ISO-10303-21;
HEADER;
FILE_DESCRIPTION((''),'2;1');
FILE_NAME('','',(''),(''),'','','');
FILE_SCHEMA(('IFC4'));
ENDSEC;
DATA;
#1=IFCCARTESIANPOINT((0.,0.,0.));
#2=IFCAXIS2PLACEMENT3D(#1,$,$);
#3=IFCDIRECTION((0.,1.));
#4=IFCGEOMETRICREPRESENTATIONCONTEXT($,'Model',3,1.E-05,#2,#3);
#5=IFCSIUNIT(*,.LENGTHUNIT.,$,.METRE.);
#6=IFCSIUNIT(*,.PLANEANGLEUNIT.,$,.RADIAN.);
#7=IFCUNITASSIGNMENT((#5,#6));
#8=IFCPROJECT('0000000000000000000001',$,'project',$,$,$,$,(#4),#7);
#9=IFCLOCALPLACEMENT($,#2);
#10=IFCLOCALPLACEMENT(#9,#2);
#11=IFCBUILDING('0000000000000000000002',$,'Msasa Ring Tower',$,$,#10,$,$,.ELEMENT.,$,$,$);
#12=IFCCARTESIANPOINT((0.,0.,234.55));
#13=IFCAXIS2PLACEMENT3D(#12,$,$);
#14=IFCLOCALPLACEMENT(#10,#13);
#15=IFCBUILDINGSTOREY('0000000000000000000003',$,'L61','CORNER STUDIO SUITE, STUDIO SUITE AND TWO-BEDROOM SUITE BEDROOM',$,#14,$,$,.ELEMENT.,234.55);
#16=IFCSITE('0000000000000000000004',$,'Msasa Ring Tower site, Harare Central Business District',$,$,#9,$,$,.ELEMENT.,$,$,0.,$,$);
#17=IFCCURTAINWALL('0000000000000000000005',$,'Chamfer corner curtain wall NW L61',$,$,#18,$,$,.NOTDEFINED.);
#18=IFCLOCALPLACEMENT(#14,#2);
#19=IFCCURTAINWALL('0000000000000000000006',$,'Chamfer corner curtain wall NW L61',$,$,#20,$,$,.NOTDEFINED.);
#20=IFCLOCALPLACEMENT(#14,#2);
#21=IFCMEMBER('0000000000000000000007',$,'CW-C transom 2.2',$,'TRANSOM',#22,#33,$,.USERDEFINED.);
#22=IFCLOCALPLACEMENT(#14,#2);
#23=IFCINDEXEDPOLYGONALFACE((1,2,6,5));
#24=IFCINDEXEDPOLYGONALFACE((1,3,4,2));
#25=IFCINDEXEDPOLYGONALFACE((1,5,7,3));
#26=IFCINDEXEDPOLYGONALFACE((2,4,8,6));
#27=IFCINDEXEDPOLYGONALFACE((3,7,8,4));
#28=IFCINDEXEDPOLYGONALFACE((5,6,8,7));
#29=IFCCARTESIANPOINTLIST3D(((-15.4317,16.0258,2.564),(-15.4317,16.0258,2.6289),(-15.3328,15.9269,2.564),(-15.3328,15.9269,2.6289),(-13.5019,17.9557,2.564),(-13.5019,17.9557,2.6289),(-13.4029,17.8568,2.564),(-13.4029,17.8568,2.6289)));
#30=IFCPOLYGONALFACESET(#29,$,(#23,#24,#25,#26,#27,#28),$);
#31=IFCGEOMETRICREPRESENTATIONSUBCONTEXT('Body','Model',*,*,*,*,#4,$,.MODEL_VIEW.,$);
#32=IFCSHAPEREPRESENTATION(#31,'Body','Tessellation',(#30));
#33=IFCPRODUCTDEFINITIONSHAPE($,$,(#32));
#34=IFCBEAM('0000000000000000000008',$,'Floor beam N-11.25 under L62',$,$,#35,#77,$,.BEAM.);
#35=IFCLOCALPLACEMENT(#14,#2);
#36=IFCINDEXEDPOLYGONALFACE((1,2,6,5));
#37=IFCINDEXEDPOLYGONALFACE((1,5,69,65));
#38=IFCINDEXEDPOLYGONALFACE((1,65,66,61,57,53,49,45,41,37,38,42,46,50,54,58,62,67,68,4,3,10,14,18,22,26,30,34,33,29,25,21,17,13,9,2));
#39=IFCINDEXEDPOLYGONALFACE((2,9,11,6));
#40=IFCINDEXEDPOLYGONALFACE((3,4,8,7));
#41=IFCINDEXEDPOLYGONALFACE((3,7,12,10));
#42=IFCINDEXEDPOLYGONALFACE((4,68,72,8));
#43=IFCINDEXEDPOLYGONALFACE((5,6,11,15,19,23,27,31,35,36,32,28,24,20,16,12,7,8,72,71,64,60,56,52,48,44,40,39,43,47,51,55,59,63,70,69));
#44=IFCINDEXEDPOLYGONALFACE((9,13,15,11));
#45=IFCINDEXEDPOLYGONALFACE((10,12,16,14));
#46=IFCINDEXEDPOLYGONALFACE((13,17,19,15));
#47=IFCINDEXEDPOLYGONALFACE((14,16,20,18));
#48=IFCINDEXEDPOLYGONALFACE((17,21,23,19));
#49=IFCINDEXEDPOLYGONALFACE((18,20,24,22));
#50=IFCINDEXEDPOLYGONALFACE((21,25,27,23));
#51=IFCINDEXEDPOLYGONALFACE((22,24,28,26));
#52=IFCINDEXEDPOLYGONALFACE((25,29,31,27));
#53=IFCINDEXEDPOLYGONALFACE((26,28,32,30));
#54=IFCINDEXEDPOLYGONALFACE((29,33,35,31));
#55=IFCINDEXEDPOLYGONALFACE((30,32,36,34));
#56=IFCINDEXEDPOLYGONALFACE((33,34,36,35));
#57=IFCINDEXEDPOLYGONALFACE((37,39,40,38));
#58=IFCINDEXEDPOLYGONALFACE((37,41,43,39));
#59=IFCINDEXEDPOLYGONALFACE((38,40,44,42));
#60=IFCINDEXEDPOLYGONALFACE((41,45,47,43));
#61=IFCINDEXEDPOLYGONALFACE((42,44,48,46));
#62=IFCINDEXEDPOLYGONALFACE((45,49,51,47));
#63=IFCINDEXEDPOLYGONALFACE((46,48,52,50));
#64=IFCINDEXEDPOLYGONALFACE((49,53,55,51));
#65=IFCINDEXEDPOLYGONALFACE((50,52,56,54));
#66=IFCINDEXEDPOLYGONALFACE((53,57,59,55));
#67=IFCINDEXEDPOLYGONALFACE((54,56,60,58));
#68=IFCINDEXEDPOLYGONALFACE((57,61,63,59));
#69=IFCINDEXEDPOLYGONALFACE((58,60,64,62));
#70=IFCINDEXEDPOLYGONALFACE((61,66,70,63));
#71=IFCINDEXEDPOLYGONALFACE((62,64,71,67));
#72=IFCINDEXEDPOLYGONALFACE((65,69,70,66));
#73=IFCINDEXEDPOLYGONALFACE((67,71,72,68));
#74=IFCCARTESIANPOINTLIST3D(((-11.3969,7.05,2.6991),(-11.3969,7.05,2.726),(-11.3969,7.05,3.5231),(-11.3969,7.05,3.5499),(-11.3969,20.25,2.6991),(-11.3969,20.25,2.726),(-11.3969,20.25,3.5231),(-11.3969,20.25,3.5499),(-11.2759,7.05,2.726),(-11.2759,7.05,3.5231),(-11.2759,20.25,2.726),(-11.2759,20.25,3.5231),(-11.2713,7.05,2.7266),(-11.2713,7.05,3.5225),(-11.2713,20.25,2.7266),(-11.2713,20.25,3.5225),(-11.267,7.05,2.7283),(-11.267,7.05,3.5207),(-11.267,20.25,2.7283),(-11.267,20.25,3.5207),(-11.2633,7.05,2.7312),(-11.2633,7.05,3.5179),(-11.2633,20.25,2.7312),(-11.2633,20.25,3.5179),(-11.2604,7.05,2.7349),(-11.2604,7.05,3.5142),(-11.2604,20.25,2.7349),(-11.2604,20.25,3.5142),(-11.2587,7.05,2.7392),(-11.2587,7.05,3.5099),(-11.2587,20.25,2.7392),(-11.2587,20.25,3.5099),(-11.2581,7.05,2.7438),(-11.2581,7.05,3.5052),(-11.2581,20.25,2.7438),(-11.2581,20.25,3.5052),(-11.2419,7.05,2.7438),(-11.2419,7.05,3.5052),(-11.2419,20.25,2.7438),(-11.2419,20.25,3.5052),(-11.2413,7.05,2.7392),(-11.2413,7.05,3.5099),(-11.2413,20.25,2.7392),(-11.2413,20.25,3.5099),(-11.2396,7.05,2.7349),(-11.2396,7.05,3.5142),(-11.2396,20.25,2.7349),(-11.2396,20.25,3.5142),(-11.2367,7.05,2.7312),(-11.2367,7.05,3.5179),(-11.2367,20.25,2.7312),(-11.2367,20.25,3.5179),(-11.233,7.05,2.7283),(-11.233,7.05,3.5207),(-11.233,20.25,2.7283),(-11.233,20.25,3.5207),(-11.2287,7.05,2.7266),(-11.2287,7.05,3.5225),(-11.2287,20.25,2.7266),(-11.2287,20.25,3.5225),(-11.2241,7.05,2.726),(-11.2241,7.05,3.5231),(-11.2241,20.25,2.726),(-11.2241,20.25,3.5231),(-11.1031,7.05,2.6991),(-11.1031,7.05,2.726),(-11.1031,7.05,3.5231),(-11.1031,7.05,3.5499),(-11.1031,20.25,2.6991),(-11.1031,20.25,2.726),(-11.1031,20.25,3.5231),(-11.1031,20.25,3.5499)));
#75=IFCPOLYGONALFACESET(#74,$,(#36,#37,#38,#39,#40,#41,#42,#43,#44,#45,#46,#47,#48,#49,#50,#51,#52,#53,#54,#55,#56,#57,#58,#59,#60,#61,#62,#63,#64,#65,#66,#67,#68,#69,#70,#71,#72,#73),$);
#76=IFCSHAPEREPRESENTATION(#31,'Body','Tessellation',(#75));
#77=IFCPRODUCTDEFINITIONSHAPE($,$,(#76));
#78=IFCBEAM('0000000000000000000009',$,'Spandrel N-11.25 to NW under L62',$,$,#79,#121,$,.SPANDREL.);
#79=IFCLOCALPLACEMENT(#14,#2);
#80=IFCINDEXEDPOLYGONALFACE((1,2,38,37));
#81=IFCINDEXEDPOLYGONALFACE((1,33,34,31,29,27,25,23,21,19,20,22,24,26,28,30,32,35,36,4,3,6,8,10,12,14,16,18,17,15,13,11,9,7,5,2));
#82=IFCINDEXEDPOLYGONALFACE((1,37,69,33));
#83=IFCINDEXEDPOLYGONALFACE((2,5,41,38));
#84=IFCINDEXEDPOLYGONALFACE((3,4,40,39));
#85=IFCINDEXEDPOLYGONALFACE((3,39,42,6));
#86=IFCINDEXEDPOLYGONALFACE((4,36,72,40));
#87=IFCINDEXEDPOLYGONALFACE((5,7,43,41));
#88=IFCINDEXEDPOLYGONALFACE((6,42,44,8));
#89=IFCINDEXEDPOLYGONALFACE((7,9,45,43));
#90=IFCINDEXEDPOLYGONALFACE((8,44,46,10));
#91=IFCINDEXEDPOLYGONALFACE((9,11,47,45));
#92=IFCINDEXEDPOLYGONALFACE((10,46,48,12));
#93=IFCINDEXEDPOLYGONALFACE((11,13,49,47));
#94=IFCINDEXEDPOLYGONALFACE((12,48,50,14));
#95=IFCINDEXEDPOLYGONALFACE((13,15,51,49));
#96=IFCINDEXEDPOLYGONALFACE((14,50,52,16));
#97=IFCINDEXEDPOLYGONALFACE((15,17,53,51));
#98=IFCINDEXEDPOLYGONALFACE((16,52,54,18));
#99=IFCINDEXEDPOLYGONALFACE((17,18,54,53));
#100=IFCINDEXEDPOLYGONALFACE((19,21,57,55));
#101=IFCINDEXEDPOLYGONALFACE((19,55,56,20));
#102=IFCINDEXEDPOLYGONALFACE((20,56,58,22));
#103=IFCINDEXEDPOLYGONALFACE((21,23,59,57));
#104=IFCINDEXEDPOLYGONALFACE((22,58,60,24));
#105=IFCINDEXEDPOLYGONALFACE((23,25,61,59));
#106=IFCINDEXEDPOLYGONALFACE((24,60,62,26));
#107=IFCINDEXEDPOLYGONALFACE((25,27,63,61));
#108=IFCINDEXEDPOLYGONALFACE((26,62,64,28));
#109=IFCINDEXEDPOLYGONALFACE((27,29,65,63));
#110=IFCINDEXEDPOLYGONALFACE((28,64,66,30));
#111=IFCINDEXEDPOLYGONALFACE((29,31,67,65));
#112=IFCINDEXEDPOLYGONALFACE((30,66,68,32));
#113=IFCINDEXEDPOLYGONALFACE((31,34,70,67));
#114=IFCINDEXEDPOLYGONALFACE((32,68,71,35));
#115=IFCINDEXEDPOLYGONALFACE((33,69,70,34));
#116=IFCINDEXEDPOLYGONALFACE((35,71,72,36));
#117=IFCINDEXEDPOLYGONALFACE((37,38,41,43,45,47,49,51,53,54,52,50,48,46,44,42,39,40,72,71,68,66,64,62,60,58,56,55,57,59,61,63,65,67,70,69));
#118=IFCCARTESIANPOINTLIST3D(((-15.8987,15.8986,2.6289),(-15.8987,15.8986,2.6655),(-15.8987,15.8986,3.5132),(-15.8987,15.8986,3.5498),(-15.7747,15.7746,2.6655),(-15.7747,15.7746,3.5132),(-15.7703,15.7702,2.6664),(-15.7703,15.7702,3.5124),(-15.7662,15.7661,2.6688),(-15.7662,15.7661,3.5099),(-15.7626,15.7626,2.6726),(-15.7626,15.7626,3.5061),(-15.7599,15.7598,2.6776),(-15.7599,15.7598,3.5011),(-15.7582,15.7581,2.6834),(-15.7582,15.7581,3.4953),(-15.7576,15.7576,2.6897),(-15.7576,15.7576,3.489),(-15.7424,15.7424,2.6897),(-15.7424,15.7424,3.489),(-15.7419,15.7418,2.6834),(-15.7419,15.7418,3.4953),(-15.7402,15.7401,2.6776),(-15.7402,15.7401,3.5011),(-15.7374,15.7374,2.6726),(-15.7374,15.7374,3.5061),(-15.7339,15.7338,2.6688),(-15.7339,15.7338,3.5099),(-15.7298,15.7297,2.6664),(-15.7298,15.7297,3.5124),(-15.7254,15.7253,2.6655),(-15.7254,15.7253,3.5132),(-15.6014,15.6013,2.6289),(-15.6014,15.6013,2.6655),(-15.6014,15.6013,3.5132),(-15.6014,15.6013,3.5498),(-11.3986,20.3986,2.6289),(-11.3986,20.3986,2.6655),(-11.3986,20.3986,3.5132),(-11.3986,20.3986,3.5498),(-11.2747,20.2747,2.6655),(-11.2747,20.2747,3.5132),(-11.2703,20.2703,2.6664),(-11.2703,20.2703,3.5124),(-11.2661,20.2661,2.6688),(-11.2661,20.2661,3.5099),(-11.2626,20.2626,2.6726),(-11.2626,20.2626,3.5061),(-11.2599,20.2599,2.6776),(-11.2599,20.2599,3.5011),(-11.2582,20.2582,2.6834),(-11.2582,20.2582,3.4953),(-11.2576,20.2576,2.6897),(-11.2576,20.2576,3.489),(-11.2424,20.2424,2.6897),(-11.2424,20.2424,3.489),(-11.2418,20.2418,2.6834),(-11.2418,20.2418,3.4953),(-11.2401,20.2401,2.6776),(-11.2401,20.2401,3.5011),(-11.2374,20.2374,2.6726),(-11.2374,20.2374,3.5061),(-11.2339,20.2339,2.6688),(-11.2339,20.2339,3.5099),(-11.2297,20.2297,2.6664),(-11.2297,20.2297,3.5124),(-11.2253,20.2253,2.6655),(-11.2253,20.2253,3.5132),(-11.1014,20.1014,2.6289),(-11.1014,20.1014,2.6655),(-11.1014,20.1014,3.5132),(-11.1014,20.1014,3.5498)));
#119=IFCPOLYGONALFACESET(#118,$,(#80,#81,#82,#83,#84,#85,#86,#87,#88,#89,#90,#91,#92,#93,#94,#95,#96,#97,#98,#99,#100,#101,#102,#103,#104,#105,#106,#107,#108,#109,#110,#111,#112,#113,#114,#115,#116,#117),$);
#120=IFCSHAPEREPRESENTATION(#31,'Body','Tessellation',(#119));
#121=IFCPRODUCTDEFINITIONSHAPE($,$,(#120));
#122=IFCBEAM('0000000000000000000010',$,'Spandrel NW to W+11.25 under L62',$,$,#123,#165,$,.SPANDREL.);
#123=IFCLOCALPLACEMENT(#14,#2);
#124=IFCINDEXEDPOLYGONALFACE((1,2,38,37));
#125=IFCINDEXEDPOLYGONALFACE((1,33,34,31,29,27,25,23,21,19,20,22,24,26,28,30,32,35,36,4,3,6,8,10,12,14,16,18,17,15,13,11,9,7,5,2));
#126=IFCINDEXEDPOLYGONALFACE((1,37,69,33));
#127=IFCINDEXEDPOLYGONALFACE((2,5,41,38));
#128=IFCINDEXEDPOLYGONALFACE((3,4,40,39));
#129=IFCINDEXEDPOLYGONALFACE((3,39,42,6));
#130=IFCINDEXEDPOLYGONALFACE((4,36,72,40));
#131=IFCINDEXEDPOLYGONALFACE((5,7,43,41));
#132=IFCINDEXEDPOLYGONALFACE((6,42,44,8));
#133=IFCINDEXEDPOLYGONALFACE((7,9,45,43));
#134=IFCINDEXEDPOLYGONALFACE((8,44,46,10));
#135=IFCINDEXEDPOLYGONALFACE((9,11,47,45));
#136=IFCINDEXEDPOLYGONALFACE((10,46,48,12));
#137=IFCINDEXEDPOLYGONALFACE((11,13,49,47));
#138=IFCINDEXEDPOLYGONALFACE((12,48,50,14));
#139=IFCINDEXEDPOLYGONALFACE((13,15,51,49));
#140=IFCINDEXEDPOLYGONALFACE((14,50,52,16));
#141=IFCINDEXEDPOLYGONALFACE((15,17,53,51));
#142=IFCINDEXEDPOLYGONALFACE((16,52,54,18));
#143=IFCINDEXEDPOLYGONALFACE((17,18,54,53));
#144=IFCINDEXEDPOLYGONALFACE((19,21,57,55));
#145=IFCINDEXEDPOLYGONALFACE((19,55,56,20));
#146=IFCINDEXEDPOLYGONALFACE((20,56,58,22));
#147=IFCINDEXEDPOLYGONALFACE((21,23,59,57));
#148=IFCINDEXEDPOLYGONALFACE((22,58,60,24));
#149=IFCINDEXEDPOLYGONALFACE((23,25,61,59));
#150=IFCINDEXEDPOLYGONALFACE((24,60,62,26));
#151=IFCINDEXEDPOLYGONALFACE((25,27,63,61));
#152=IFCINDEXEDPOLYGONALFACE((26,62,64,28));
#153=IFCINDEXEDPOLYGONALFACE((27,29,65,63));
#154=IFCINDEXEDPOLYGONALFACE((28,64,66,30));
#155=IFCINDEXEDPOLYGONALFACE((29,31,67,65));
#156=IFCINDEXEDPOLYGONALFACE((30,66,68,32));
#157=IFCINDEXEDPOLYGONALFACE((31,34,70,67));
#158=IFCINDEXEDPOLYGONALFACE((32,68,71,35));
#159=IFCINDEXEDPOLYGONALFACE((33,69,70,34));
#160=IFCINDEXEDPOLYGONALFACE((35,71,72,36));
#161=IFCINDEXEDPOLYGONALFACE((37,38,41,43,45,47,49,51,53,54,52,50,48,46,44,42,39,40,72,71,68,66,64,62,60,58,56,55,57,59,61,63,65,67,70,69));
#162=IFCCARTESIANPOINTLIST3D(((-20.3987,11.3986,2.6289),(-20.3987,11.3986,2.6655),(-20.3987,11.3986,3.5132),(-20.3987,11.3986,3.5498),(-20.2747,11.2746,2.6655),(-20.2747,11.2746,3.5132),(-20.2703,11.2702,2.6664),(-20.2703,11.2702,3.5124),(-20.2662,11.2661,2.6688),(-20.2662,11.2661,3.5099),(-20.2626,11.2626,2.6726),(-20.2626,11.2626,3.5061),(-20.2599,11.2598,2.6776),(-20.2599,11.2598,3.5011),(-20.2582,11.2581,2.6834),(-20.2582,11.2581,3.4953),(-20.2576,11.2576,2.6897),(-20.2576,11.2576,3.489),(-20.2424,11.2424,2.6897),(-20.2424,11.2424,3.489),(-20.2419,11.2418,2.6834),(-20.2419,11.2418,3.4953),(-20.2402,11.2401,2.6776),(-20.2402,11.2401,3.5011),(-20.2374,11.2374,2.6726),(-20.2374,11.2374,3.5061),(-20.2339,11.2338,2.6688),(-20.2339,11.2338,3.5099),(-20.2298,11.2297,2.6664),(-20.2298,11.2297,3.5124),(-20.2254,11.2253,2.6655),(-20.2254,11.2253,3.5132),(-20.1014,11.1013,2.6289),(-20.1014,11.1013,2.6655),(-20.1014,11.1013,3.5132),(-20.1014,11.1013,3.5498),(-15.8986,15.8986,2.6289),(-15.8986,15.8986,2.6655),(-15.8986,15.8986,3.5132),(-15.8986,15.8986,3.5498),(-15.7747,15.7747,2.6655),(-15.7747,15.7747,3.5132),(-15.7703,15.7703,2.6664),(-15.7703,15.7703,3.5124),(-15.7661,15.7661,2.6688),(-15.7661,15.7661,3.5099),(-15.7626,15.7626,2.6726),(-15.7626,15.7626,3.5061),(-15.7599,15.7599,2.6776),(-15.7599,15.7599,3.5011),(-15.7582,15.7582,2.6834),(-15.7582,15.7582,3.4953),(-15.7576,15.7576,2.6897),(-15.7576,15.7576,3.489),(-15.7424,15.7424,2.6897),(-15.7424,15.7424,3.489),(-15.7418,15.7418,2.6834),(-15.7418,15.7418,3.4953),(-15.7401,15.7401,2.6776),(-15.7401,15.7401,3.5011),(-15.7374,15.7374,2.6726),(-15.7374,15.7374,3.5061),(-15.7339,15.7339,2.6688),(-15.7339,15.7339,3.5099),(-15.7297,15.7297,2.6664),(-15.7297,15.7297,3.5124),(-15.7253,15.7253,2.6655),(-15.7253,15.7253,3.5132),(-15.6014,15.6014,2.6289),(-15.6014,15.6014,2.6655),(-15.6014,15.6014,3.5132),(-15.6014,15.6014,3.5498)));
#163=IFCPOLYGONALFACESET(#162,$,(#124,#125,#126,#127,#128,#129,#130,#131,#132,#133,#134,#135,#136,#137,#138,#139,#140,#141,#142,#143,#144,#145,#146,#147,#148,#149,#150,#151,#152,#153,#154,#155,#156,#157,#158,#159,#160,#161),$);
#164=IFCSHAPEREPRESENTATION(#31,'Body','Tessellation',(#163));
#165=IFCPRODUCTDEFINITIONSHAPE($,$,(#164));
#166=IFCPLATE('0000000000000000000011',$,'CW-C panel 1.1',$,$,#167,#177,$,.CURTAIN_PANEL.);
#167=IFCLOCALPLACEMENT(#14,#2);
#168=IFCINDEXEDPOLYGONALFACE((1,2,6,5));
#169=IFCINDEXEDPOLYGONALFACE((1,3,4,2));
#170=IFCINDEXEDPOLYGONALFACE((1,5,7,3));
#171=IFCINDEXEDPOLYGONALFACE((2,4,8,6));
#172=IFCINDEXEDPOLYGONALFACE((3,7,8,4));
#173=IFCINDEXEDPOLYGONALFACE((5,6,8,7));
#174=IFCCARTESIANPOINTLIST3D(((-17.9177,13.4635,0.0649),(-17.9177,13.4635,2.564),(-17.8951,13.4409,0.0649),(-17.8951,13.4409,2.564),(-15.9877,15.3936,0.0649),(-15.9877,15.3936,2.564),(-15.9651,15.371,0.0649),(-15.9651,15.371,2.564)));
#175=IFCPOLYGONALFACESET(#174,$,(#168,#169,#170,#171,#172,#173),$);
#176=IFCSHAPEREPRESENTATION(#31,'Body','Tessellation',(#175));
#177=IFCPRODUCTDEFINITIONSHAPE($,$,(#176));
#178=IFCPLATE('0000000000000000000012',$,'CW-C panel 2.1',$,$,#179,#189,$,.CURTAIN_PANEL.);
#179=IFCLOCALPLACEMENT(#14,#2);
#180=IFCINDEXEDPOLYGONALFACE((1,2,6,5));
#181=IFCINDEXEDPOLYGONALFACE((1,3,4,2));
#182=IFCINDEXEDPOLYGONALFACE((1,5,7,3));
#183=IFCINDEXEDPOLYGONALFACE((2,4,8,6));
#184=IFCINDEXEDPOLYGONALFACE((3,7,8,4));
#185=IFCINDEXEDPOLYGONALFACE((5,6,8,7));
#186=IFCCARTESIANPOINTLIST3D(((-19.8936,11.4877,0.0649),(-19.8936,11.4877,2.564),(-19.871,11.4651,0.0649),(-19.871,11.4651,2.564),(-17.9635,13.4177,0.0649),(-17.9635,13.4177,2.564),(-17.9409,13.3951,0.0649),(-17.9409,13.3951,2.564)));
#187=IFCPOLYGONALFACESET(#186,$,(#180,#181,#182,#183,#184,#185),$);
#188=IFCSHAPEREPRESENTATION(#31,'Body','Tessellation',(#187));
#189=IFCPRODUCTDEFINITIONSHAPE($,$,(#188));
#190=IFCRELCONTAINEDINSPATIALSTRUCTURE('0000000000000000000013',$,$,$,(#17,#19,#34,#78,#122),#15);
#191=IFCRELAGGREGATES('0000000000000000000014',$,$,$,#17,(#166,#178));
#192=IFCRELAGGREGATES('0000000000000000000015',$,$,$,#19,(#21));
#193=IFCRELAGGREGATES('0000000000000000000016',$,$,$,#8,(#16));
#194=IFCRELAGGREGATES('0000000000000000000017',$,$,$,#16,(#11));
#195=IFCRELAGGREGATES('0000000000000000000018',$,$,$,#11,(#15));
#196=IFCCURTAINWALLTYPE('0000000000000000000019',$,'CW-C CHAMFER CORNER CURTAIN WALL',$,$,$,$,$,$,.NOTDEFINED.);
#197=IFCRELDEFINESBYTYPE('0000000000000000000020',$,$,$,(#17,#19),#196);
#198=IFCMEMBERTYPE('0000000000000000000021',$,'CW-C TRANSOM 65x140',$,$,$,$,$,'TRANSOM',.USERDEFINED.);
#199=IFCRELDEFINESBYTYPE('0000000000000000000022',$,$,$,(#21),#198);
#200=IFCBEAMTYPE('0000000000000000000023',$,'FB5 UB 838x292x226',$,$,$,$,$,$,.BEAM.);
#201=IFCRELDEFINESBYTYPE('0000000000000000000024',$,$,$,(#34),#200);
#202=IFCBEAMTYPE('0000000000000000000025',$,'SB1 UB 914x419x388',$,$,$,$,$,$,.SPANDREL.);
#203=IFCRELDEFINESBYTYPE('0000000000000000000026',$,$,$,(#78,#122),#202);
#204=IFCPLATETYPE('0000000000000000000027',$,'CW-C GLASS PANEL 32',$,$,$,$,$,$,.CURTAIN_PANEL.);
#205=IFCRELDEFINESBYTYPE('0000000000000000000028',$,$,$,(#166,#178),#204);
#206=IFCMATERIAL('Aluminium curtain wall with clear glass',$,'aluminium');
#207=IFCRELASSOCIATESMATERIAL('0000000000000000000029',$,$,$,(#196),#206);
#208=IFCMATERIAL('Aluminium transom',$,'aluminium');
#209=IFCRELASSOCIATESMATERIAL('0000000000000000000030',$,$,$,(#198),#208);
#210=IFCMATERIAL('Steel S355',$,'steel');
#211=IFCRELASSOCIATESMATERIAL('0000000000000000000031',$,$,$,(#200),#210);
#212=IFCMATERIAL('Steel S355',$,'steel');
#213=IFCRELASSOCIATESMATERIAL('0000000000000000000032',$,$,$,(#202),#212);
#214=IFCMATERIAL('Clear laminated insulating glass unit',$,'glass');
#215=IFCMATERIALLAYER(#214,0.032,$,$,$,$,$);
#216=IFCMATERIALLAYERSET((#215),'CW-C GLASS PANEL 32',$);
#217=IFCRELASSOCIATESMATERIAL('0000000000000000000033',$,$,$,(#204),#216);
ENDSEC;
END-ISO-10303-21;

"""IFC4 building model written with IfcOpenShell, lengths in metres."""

from ifc_helpers import new_model, si_unit, direction, frame, origin, origin_2d, place, context, subcontext, project, spatial, rectangle, i_section, extrude, material, layer, layer_set, material_profile, profile_set, type_object, element, aggregate, save


model = new_model("IFC4")

# Units and contexts
model_context = context("Model", 3, precision=1e-05, world=origin(), true_north=direction((0.0, 1.0)))
body_context = subcontext(model_context, "Body", "Model", "MODEL_VIEW")
ifc_project = project(units=[si_unit("LENGTHUNIT", "METRE"), si_unit("PLANEANGLEUNIT", "RADIAN")], contexts=[model_context])

# Site, building, storey
site_placement = place(None, origin())
site = spatial("IfcSite", under=ifc_project, at=site_placement, Name="Msasa Ring Tower site, Harare Central Business District", CompositionType="ELEMENT", RefElevation=0.0)
building_placement = place(site_placement, origin())
building = spatial("IfcBuilding", under=site, at=building_placement, Name="Msasa Ring Tower", CompositionType="ELEMENT")
storey_placement = place(building_placement, frame((0.0, 0.0, 234.55)))
storey = spatial("IfcBuildingStorey", under=building, at=storey_placement, Name="L61", Description="CORNER STUDIO SUITE, STUDIO SUITE AND TWO-BEDROOM SUITE BEDROOM", CompositionType="ELEMENT", Elevation=234.55)

# Curtain walls
ifc_material_1 = material(Name="Aluminium curtain wall with clear glass", Category="aluminium")
curtain_wall_type = type_object("IfcCurtainWallType", Name="CW-C CHAMFER CORNER CURTAIN WALL", PredefinedType="NOTDEFINED", material=ifc_material_1)
curtain_wall_1_placement = place(storey_placement, origin())
curtain_wall_1 = element("IfcCurtainWall", 1, at=curtain_wall_1_placement, inside=storey, type_object=curtain_wall_type, Name="Chamfer corner curtain wall NW L61", PredefinedType="NOTDEFINED")
curtain_wall_2_placement = place(storey_placement, origin())
curtain_wall_2 = element("IfcCurtainWall", 2, at=curtain_wall_2_placement, inside=storey, type_object=curtain_wall_type, Name="Chamfer corner curtain wall NW L61", PredefinedType="NOTDEFINED")

# Member
ifc_material_2 = material(Name="Aluminium transom", Category="aluminium")
ifc_material_profile_1 = material_profile(ifc_material_2, rectangle(XDim=0.1399, YDim=0.0649, at=origin_2d()), Name="AL 65x140")
ifc_profile_set_1 = profile_set([ifc_material_profile_1], Name="Aluminium transom")
member_type_1 = type_object("IfcMemberType", Name="CW-C TRANSOM 65x140", ElementType="TRANSOM", PredefinedType="USERDEFINED", material=ifc_profile_set_1)
member_1_placement = place(storey_placement, frame((-13.4524, 17.9062, 2.5964), z_axis=(-0.707107, -0.707107, 0.0), x_axis=(0.707107, -0.707107, 0.0)))
member_1 = element("IfcMember", 3, at=member_1_placement, type_object=member_type_1, Name="CW-C transom 2.2", ObjectType="TRANSOM", PredefinedType="USERDEFINED", context=body_context, shape_type="SweptSolid", body=[
    extrude(rectangle(XDim=0.1399, YDim=0.0649, at=origin_2d()), origin(), (0.0, 0.0, 1.0), 2.7292),
])

# Beams
ifc_material_3 = material(Name="Steel S355", Category="steel")
ifc_material_profile_2 = material_profile(ifc_material_3, i_section(OverallWidth=0.2937, OverallDepth=0.8508, WebThickness=0.0161, FlangeThickness=0.0269, FilletRadius=0.0178, at=origin_2d()), Name="UB 838x292x226")
ifc_profile_set_2 = profile_set([ifc_material_profile_2], Name="Steel S355")
beam_type_1 = type_object("IfcBeamType", Name="FB5 UB 838x292x226", PredefinedType="BEAM", material=ifc_profile_set_2)
beam_placement = place(storey_placement, frame((-11.25, 20.25, 3.1245), z_axis=(0.0, -1.0, 0.0), x_axis=(1.0, 0.0, 0.0)))
element("IfcBeam", 4, at=beam_placement, inside=storey, type_object=beam_type_1, Name="Floor beam N-11.25 under L62", PredefinedType="BEAM", context=body_context, shape_type="SweptSolid", body=[
    extrude(i_section(OverallWidth=0.2937, OverallDepth=0.8508, WebThickness=0.0161, FlangeThickness=0.0269, FilletRadius=0.0178, at=origin_2d()), origin(), (0.0, 0.0, 1.0), 13.2),
])
ifc_material_4 = material(Name="Steel S355", Category="steel")
ifc_material_profile_3 = material_profile(ifc_material_4, i_section(OverallWidth=0.4204, OverallDepth=0.9209, WebThickness=0.0215, FlangeThickness=0.0366, FilletRadius=0.0242, at=origin_2d()), Name="UB 914x419x388")
ifc_profile_set_3 = profile_set([ifc_material_profile_3], Name="Steel S355")
beam_type_2 = type_object("IfcBeamType", Name="SB1 UB 914x419x388", PredefinedType="SPANDREL", material=ifc_profile_set_3)
for number, where, z_axis, x_axis, name in (
    (5, (-11.25, 20.25, 3.0894), (-0.707107, -0.707107, 0.0), (0.707107, -0.707107, 0.0), "Spandrel N-11.25 to NW under L62"),
    (6, (-15.75, 15.75, 3.0894), (-0.707107, -0.707107, 0.0), (0.707107, -0.707107, 0.0), "Spandrel NW to W+11.25 under L62"),
):
    element("IfcBeam", number, at=place(storey_placement, frame(where, z_axis=z_axis, x_axis=x_axis)), inside=storey, type_object=beam_type_2, Name=name, PredefinedType="SPANDREL", context=body_context, shape_type="SweptSolid", body=[
        extrude(i_section(OverallWidth=0.4204, OverallDepth=0.9209, WebThickness=0.0215, FlangeThickness=0.0366, FilletRadius=0.0242, at=origin_2d()), origin(), (0.0, 0.0, 1.0), 6.364),
    ])

# Plates
ifc_material_5 = material(Name="Clear laminated insulating glass unit", Category="glass")
ifc_layer_1 = layer(ifc_material_5, 0.032)
ifc_layer_set_1 = layer_set([ifc_layer_1], Name="CW-C GLASS PANEL 32")
plate_type = type_object("IfcPlateType", Name="CW-C GLASS PANEL 32", PredefinedType="CURTAIN_PANEL", material=ifc_layer_set_1)
plate_1_placement = place(storey_placement, frame((-16.9414, 14.4172, 0.0649), z_axis=(0.0, 0.0, 1.0), x_axis=(-0.707107, -0.707107, 0.0)))
plate_1 = element("IfcPlate", 7, at=plate_1_placement, type_object=plate_type, Name="CW-C panel 1.1", PredefinedType="CURTAIN_PANEL", context=body_context, shape_type="SweptSolid", body=[
    extrude(rectangle(XDim=2.7295, YDim=0.032, at=origin_2d()), origin(), (0.0, 0.0, 1.0), 2.499),
])
plate_2_placement = place(storey_placement, frame((-18.9172, 12.4414, 0.0649), z_axis=(0.0, 0.0, 1.0), x_axis=(-0.707107, -0.707107, 0.0)))
plate_2 = element("IfcPlate", 8, at=plate_2_placement, type_object=plate_type, Name="CW-C panel 2.1", PredefinedType="CURTAIN_PANEL", context=body_context, shape_type="SweptSolid", body=[
    extrude(rectangle(XDim=2.7295, YDim=0.032, at=origin_2d()), origin(), (0.0, 0.0, 1.0), 2.499),
])
aggregate(curtain_wall_1, [plate_1, plate_2])
aggregate(curtain_wall_2, [member_1])

save(model, "model.ifc")
